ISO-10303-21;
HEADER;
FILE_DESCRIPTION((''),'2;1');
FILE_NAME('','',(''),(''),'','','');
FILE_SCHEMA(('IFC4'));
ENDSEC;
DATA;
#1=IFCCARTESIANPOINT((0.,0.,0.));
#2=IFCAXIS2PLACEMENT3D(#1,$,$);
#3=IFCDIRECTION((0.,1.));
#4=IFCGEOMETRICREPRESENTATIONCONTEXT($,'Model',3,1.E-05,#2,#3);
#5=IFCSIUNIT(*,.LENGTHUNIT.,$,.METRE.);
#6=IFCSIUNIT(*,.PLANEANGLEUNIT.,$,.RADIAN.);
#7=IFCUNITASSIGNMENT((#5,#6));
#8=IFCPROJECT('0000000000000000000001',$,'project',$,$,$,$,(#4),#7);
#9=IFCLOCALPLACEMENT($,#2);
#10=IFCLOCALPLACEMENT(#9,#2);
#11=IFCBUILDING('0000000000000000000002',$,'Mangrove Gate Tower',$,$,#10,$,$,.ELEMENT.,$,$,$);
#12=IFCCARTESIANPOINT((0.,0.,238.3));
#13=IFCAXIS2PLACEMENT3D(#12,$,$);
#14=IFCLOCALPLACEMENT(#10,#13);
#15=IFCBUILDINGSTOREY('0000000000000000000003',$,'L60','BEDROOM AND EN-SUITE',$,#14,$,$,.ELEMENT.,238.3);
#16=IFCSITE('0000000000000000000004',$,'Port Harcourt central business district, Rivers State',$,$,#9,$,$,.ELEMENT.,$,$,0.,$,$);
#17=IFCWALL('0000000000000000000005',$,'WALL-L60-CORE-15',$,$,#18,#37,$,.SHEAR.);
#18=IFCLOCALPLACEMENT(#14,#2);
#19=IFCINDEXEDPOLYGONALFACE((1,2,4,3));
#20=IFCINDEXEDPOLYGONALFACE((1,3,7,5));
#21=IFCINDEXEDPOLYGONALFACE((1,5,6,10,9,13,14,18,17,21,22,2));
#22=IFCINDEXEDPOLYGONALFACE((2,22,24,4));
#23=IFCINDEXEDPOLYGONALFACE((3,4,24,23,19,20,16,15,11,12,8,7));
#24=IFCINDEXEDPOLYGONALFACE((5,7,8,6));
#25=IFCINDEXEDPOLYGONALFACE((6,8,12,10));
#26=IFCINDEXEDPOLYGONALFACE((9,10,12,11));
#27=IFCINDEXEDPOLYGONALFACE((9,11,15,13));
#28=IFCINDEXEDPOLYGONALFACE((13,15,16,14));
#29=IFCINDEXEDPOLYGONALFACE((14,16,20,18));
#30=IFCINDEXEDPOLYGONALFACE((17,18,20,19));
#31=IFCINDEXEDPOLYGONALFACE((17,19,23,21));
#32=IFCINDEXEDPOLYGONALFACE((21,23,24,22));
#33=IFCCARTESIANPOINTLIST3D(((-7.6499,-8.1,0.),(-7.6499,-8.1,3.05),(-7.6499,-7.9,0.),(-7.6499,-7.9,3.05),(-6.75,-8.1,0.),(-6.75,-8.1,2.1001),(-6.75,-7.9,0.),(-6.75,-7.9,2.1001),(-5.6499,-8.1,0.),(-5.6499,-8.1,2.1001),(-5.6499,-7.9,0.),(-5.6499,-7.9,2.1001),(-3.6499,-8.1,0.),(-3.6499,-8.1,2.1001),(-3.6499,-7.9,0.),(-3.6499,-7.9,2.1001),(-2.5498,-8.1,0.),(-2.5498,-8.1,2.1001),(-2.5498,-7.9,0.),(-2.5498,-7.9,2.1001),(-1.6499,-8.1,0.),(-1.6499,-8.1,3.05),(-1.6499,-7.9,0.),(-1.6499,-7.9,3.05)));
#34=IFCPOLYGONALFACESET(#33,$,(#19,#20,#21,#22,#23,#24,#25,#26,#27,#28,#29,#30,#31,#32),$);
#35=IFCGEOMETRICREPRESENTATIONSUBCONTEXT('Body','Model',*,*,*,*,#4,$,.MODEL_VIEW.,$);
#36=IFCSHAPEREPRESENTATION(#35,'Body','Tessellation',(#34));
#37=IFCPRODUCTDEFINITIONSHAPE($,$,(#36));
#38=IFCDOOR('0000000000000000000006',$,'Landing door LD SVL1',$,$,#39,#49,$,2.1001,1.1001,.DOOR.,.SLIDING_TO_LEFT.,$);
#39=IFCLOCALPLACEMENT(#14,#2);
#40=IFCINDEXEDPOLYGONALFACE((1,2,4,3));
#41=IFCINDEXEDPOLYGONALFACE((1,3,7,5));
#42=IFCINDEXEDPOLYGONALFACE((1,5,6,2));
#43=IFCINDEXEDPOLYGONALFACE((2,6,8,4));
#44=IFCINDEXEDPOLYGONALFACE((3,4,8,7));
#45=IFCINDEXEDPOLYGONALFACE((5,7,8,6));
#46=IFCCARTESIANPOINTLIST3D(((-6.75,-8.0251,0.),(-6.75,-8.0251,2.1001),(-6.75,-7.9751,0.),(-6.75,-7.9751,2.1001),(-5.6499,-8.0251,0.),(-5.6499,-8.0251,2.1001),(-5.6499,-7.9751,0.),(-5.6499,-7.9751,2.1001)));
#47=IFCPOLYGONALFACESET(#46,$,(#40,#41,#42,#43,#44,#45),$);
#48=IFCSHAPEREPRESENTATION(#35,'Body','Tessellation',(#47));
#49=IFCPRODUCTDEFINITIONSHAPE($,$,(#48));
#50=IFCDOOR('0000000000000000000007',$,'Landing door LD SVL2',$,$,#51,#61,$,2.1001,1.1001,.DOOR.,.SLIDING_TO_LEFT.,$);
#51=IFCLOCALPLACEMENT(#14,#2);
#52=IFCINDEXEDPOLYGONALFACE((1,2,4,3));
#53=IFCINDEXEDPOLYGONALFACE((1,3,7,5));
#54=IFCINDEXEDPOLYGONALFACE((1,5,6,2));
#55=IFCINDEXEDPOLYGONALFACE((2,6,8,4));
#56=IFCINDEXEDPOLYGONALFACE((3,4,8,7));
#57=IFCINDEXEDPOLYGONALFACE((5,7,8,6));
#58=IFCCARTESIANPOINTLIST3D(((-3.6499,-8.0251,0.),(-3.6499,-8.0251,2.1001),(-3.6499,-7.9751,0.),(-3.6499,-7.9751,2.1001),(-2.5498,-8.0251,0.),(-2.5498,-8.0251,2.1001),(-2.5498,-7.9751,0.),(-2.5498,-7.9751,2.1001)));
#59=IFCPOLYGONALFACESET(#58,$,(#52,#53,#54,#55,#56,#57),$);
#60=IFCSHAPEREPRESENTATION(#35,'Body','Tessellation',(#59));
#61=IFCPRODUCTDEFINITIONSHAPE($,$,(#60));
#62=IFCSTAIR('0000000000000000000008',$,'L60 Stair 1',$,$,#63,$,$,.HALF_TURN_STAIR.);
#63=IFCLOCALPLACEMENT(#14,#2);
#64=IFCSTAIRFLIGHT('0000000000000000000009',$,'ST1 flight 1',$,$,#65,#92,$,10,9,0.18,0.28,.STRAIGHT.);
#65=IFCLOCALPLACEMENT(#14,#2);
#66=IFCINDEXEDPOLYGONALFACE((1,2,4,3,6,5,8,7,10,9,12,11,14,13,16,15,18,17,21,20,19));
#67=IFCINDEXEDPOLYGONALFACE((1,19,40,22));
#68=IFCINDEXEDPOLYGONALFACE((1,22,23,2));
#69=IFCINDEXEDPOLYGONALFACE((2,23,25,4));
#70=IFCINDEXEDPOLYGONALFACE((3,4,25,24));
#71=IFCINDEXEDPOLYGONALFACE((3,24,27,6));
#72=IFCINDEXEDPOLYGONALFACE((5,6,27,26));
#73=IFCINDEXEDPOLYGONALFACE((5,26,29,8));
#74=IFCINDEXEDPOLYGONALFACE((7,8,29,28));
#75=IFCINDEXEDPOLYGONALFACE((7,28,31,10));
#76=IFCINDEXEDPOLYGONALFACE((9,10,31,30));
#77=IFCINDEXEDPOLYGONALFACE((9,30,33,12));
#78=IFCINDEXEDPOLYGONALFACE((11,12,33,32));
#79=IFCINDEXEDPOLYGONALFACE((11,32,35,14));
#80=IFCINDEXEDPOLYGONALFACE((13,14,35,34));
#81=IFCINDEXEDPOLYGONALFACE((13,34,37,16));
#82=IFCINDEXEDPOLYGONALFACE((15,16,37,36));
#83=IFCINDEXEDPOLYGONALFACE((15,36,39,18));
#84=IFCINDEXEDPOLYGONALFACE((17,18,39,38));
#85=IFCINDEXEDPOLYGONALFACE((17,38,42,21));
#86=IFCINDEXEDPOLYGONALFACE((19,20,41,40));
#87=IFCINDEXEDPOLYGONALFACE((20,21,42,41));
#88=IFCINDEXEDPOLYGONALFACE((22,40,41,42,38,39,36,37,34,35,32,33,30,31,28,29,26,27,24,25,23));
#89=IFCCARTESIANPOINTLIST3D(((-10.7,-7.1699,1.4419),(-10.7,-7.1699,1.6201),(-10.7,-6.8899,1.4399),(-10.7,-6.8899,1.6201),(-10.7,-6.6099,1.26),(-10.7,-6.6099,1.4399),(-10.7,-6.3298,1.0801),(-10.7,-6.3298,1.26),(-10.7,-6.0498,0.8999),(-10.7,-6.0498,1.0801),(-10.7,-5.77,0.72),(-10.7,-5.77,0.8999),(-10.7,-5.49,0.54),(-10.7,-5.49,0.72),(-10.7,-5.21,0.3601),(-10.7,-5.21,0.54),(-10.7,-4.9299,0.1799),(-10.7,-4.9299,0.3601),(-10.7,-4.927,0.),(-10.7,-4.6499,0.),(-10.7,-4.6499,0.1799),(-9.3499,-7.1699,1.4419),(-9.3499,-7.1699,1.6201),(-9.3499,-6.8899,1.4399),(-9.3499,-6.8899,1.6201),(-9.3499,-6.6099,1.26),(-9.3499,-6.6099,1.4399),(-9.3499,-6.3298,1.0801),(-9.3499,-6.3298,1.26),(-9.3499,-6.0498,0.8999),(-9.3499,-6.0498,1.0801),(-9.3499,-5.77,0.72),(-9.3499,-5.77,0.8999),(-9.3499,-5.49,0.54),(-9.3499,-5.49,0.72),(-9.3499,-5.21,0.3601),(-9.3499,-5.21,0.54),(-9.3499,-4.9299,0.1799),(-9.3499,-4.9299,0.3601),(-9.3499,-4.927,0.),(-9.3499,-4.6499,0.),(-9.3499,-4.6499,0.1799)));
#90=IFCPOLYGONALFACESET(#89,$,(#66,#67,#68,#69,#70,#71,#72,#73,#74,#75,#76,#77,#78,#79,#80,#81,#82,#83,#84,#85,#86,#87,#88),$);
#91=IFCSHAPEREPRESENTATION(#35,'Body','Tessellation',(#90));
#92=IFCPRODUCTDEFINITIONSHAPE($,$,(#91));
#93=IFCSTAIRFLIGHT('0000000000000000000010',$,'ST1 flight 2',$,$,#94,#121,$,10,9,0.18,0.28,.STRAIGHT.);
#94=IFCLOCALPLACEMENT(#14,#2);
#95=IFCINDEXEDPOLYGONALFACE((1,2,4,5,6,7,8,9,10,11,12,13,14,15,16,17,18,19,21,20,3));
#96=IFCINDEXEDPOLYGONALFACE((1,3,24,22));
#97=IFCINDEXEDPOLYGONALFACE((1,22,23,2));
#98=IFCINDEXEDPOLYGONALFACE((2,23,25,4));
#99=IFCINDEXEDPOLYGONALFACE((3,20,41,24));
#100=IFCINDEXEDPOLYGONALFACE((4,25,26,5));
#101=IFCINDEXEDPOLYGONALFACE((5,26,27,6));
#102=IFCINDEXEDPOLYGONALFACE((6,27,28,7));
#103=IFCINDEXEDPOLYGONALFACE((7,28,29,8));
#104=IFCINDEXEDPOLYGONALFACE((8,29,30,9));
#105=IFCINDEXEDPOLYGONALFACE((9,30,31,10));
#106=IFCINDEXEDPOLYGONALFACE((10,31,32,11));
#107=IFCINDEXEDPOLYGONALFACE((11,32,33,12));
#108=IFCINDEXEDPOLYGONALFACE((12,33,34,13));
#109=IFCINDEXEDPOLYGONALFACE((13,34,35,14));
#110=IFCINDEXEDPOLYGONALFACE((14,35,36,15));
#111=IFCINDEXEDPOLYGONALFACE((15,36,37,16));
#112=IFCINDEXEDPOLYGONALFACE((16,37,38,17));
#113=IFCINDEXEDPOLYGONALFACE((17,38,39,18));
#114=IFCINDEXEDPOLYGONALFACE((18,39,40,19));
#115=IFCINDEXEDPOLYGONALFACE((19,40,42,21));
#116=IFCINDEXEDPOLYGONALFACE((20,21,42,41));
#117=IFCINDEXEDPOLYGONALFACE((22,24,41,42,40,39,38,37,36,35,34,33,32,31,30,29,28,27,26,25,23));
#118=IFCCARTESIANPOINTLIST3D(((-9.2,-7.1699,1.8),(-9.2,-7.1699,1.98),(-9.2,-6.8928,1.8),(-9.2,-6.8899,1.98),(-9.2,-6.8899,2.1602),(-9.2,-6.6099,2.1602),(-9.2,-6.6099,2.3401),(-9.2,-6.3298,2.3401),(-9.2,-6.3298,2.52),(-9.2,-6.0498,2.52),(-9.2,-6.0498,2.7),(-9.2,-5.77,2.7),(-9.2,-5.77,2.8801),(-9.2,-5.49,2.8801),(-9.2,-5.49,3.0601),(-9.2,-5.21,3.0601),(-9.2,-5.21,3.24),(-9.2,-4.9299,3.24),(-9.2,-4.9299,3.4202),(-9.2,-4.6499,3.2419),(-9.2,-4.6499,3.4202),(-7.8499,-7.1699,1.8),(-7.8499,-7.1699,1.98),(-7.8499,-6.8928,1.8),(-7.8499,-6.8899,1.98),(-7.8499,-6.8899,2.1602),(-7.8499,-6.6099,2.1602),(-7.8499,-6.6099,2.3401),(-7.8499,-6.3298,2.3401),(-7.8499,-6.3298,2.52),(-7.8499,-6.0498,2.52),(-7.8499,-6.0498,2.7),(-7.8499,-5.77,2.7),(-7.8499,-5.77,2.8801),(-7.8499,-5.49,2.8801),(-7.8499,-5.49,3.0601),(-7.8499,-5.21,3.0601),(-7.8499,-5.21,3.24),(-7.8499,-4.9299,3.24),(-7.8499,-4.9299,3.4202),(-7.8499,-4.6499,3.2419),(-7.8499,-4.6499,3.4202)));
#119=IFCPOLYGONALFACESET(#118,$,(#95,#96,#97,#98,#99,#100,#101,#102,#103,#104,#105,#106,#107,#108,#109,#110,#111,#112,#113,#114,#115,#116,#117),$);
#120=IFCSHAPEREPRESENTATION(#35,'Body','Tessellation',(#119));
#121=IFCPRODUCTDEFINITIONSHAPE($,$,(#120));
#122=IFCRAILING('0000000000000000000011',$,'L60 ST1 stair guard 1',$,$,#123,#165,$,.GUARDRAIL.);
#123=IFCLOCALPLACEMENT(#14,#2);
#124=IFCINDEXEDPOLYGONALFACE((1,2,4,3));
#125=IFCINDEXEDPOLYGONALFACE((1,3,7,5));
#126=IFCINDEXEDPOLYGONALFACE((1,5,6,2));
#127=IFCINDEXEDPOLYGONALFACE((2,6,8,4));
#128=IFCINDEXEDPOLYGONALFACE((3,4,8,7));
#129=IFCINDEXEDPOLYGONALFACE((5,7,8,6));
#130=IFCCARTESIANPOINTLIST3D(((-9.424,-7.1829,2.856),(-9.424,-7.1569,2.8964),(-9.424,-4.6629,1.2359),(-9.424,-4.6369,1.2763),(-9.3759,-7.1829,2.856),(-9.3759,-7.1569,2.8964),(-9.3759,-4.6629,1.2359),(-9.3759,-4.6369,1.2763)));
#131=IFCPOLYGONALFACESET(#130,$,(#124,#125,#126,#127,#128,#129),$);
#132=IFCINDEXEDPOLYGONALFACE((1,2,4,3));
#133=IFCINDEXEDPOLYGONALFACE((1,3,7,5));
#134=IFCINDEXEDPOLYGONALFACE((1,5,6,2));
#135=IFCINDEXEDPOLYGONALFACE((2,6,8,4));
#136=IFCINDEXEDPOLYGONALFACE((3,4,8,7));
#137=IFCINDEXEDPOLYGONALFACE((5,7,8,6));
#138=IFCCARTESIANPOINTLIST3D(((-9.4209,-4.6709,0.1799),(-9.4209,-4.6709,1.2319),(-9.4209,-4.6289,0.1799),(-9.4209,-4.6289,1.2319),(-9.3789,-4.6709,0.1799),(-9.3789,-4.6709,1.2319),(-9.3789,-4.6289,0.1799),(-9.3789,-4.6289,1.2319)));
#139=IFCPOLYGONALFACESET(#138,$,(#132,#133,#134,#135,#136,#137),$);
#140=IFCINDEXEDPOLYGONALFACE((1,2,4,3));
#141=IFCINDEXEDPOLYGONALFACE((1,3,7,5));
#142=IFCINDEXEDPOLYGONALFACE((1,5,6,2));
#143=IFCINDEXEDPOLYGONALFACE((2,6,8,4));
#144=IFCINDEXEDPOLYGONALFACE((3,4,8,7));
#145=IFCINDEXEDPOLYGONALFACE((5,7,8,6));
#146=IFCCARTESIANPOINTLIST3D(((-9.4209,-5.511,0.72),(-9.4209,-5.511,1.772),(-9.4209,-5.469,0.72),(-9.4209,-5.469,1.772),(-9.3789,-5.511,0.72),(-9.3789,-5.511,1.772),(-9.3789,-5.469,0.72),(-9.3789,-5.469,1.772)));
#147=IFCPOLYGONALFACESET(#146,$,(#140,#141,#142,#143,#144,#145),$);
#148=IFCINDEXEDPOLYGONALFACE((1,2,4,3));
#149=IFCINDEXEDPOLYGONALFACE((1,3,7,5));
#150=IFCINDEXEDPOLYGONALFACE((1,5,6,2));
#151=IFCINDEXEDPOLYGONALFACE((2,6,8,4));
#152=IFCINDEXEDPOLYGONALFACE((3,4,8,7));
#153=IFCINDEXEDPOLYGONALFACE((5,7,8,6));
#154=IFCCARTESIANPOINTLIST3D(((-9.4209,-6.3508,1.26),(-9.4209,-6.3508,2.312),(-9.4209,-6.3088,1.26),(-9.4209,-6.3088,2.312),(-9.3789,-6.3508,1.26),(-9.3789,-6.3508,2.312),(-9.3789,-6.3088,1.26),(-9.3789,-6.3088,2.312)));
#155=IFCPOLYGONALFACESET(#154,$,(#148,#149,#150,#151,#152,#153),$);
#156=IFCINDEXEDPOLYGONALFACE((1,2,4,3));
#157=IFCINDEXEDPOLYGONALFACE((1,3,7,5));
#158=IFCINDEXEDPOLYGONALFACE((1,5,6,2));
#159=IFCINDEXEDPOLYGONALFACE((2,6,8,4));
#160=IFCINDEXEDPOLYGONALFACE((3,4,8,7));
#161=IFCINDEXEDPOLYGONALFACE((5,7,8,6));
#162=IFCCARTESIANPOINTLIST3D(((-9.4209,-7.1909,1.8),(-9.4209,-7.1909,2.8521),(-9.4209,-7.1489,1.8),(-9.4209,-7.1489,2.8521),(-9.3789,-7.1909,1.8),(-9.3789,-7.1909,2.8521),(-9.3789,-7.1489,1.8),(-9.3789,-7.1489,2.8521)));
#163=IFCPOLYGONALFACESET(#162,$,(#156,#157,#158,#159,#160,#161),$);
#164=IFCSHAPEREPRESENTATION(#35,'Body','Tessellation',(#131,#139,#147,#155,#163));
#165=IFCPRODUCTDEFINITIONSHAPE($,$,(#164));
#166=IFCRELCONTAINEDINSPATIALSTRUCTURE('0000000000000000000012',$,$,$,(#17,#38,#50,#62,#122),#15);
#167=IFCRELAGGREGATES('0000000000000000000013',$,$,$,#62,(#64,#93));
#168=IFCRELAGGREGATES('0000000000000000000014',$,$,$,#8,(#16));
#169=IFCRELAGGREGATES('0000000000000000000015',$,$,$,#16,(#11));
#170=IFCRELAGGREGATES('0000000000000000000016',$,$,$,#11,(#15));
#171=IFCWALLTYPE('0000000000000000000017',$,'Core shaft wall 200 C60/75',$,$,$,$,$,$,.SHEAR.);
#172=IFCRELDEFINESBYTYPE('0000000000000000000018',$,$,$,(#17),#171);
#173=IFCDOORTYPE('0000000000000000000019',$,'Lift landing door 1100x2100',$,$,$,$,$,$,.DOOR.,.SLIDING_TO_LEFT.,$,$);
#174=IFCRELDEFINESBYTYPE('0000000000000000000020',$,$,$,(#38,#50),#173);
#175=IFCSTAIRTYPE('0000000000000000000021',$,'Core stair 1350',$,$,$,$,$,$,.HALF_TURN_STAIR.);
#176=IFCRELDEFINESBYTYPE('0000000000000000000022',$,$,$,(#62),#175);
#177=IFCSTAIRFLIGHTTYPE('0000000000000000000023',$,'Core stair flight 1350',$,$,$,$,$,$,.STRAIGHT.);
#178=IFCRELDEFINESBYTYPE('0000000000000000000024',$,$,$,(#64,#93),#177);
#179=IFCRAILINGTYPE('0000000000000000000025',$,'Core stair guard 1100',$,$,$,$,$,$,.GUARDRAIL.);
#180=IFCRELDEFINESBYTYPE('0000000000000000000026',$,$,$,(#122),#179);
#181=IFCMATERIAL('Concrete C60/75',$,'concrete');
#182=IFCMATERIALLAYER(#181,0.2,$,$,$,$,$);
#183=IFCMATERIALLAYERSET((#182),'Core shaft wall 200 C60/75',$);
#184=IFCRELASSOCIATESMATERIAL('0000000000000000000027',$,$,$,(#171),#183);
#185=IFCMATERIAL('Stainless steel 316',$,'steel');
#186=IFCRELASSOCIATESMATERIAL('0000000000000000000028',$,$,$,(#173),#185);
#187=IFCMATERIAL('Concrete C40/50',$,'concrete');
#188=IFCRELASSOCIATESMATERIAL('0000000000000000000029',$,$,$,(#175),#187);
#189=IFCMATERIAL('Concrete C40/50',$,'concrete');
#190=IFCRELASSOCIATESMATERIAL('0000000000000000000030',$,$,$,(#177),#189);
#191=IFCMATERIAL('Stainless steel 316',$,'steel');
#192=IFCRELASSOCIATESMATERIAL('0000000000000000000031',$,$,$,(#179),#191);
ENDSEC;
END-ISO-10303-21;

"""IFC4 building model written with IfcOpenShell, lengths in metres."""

from ifc_helpers import new_model, si_unit, direction, frame, frame_2d, origin, origin_2d, place, context, subcontext, project, spatial, polyline, rectangle, outline, extrude, material, layer, layer_set, type_object, element, fill, aggregate, save


model = new_model("IFC4")

# Units and contexts
model_context = context("Model", 3, precision=1e-05, world=origin(), true_north=direction((0.0, 1.0)))
body_context = subcontext(model_context, "Body", "Model", "MODEL_VIEW")
ifc_project = project(units=[si_unit("LENGTHUNIT", "METRE"), si_unit("PLANEANGLEUNIT", "RADIAN")], contexts=[model_context])

# Site, building, storey
site_placement = place(None, origin())
site = spatial("IfcSite", under=ifc_project, at=site_placement, Name="Port Harcourt central business district, Rivers State", CompositionType="ELEMENT", RefElevation=0.0)
building_placement = place(site_placement, origin())
building = spatial("IfcBuilding", under=site, at=building_placement, Name="Mangrove Gate Tower", CompositionType="ELEMENT")
storey_placement = place(building_placement, frame((0.0, 0.0, 238.3)))
storey = spatial("IfcBuildingStorey", under=building, at=storey_placement, Name="L60", Description="BEDROOM AND EN-SUITE", CompositionType="ELEMENT", Elevation=238.3)

# Wall, openings, doors
ifc_material_1 = material(Name="Concrete C60/75", Category="concrete")
ifc_layer = layer(ifc_material_1, 0.2)
ifc_layer_set = layer_set([ifc_layer], Name="Core shaft wall 200 C60/75")
wall_type = type_object("IfcWallType", Name="Core shaft wall 200 C60/75", PredefinedType="SHEAR", material=ifc_layer_set)
wall_placement = place(storey_placement, frame((-7.6499, -8.0, 0.0), z_axis=(0.0, 0.0, 1.0), x_axis=(1.0, 0.0, 0.0)))
wall = element("IfcWall", 1, at=wall_placement, inside=storey, type_object=wall_type, Name="WALL-L60-CORE-15", PredefinedType="SHEAR", context=body_context, shape_type="SweptSolid", body=[
    extrude(rectangle(XDim=6.0, YDim=0.2, at=frame_2d((3.0, 0.0))), origin(), (0.0, 0.0, 1.0), 3.05),
])
opening_1_placement = place(wall_placement, frame((0.8999, 0.0, 0.0)))
opening_1 = element("IfcOpeningElement", 2, at=opening_1_placement, cuts=wall, PredefinedType="OPENING", context=body_context, shape_type="SweptSolid", body=[
    extrude(rectangle(XDim=1.1001, YDim=2.1001, at=frame_2d((0.55, 1.05))), frame((0.0, 0.1099, 0.0), z_axis=(0.0, -1.0, 0.0), x_axis=(1.0, 0.0, 0.0)), (0.0, 0.0, 1.0), 0.22),
])
opening_2_placement = place(wall_placement, frame((4.0, 0.0, 0.0)))
opening_2 = element("IfcOpeningElement", 3, at=opening_2_placement, cuts=wall, PredefinedType="OPENING", context=body_context, shape_type="SweptSolid", body=[
    extrude(rectangle(XDim=1.1001, YDim=2.1001, at=frame_2d((0.55, 1.05))), frame((0.0, 0.1099, 0.0), z_axis=(0.0, -1.0, 0.0), x_axis=(1.0, 0.0, 0.0)), (0.0, 0.0, 1.0), 0.22),
])
ifc_material_2 = material(Name="Stainless steel 316", Category="steel")
door_type = type_object("IfcDoorType", Name="Lift landing door 1100x2100", OperationType="SLIDING_TO_LEFT", PredefinedType="DOOR", material=ifc_material_2)
door_1_placement = place(opening_1_placement, origin())
door_1 = element("IfcDoor", 4, at=door_1_placement, inside=storey, type_object=door_type, Name="Landing door LD SVL1", OperationType="SLIDING_TO_LEFT", OverallHeight=2.1001, OverallWidth=1.1001, PredefinedType="DOOR", context=body_context, shape_type="SweptSolid", body=[
    extrude(rectangle(XDim=1.1001, YDim=2.1001, at=frame_2d((0.55, 1.05))), frame((0.0, 0.0249, 0.0), z_axis=(0.0, -1.0, 0.0), x_axis=(1.0, 0.0, 0.0)), (0.0, 0.0, 1.0), 0.05),
])
fill(opening_1, door_1)
door_2_placement = place(opening_2_placement, origin())
door_2 = element("IfcDoor", 5, at=door_2_placement, inside=storey, type_object=door_type, Name="Landing door LD SVL2", OperationType="SLIDING_TO_LEFT", OverallHeight=2.1001, OverallWidth=1.1001, PredefinedType="DOOR", context=body_context, shape_type="SweptSolid", body=[
    extrude(rectangle(XDim=1.1001, YDim=2.1001, at=frame_2d((0.55, 1.05))), frame((0.0, 0.0249, 0.0), z_axis=(0.0, -1.0, 0.0), x_axis=(1.0, 0.0, 0.0)), (0.0, 0.0, 1.0), 0.05),
])
fill(opening_2, door_2)

# Stair, stair flights
ifc_material_3 = material(Name="Concrete C40/50", Category="concrete")
stair_type = type_object("IfcStairType", Name="Core stair 1350", PredefinedType="HALF_TURN_STAIR", material=ifc_material_3)
stair_placement = place(storey_placement, origin())
stair = element("IfcStair", 6, at=stair_placement, inside=storey, type_object=stair_type, Name="L60 Stair 1", PredefinedType="HALF_TURN_STAIR")
ifc_material_4 = material(Name="Concrete C40/50", Category="concrete")
stair_flight_type = type_object("IfcStairFlightType", Name="Core stair flight 1350", PredefinedType="STRAIGHT", material=ifc_material_4)
stair_flight_1_placement = place(storey_placement, frame((-10.0249, -4.6499, 0.0), z_axis=(0.0, 0.0, 1.0), x_axis=(0.0, -1.0, 0.0)))
stair_flight_1 = element("IfcStairFlight", 7, at=stair_flight_1_placement, type_object=stair_flight_type, Name="ST1 flight 1", NumberOfRisers=10, NumberOfTreads=9, PredefinedType="STRAIGHT", RiserHeight=0.18, TreadLength=0.28, context=body_context, shape_type="SweptSolid", body=[
    extrude(outline(polyline([(0.0, 0.0), (0.0, 0.1799), (0.28, 0.1799), (0.28, 0.3601), (0.5601, 0.3601), (0.5601, 0.54), (0.8401, 0.54), (0.8401, 0.72), (1.1201, 0.72), (1.1201, 0.8999), (1.3999, 0.8999), (1.3999, 1.0801), (1.6799, 1.0801), (1.6799, 1.26), (1.96, 1.26), (1.96, 1.4399), (2.24, 1.4399), (2.24, 1.6201), (2.52, 1.6201), (2.52, 1.8), (2.52, 1.4419), (0.2771, 0.0), (0.0, 0.0)])), frame((0.0, 0.675, 0.0), z_axis=(0.0, -1.0, 0.0), x_axis=(1.0, 0.0, 0.0)), (0.0, 0.0, 1.0), 1.3501),
])
stair_flight_2_placement = place(storey_placement, frame((-8.5249, -7.1699, 1.8), z_axis=(0.0, 0.0, 1.0), x_axis=(0.0, 1.0, 0.0)))
stair_flight_2 = element("IfcStairFlight", 8, at=stair_flight_2_placement, type_object=stair_flight_type, Name="ST1 flight 2", NumberOfRisers=10, NumberOfTreads=9, PredefinedType="STRAIGHT", RiserHeight=0.18, TreadLength=0.28, context=body_context, shape_type="SweptSolid", body=[
    extrude(outline(polyline([(0.0, 0.0), (0.0, 0.1799), (0.28, 0.1799), (0.28, 0.3601), (0.5601, 0.3601), (0.5601, 0.54), (0.8401, 0.54), (0.8401, 0.72), (1.1201, 0.72), (1.1201, 0.8999), (1.3999, 0.8999), (1.3999, 1.0801), (1.6799, 1.0801), (1.6799, 1.26), (1.96, 1.26), (1.96, 1.4399), (2.24, 1.4399), (2.24, 1.6201), (2.52, 1.6201), (2.52, 1.8), (2.52, 1.4419), (0.2771, 0.0), (0.0, 0.0)])), frame((0.0, 0.675, 0.0), z_axis=(0.0, -1.0, 0.0), x_axis=(1.0, 0.0, 0.0)), (0.0, 0.0, 1.0), 1.3501),
])
aggregate(stair, [stair_flight_1, stair_flight_2])

# Railing
ifc_material_5 = material(Name="Stainless steel 316", Category="steel")
railing_type_1 = type_object("IfcRailingType", Name="Core stair guard 1100", PredefinedType="GUARDRAIL", material=ifc_material_5)
railing_1_placement = place(storey_placement, frame((-9.3999, -4.6499, 0.1799)))
element("IfcRailing", 9, at=railing_1_placement, inside=storey, type_object=railing_type_1, Name="L60 ST1 stair guard 1", PredefinedType="GUARDRAIL", context=body_context, shape_type="SweptSolid", body=[
    extrude(rectangle(XDim=0.0481, YDim=0.0481, at=origin_2d()), frame((0.0, 0.0, 1.0762), z_axis=(0.0, -0.841163, 0.540782), x_axis=(1.0, 0.0, 0.0)), (0.0, 0.0, 1.0), 2.9958),
    extrude(rectangle(XDim=0.042, YDim=0.042, at=origin_2d()), origin(), (0.0, 0.0, 1.0), 1.052),
    extrude(rectangle(XDim=0.042, YDim=0.042, at=origin_2d()), frame((0.0, -0.8401, 0.54)), (0.0, 0.0, 1.0), 1.052),
    extrude(rectangle(XDim=0.042, YDim=0.042, at=origin_2d()), frame((0.0, -1.6799, 1.0801)), (0.0, 0.0, 1.0), 1.052),
    extrude(rectangle(XDim=0.042, YDim=0.042, at=origin_2d()), frame((0.0, -2.52, 1.6201)), (0.0, 0.0, 1.0), 1.052),
])

save(model, "model.ifc")
